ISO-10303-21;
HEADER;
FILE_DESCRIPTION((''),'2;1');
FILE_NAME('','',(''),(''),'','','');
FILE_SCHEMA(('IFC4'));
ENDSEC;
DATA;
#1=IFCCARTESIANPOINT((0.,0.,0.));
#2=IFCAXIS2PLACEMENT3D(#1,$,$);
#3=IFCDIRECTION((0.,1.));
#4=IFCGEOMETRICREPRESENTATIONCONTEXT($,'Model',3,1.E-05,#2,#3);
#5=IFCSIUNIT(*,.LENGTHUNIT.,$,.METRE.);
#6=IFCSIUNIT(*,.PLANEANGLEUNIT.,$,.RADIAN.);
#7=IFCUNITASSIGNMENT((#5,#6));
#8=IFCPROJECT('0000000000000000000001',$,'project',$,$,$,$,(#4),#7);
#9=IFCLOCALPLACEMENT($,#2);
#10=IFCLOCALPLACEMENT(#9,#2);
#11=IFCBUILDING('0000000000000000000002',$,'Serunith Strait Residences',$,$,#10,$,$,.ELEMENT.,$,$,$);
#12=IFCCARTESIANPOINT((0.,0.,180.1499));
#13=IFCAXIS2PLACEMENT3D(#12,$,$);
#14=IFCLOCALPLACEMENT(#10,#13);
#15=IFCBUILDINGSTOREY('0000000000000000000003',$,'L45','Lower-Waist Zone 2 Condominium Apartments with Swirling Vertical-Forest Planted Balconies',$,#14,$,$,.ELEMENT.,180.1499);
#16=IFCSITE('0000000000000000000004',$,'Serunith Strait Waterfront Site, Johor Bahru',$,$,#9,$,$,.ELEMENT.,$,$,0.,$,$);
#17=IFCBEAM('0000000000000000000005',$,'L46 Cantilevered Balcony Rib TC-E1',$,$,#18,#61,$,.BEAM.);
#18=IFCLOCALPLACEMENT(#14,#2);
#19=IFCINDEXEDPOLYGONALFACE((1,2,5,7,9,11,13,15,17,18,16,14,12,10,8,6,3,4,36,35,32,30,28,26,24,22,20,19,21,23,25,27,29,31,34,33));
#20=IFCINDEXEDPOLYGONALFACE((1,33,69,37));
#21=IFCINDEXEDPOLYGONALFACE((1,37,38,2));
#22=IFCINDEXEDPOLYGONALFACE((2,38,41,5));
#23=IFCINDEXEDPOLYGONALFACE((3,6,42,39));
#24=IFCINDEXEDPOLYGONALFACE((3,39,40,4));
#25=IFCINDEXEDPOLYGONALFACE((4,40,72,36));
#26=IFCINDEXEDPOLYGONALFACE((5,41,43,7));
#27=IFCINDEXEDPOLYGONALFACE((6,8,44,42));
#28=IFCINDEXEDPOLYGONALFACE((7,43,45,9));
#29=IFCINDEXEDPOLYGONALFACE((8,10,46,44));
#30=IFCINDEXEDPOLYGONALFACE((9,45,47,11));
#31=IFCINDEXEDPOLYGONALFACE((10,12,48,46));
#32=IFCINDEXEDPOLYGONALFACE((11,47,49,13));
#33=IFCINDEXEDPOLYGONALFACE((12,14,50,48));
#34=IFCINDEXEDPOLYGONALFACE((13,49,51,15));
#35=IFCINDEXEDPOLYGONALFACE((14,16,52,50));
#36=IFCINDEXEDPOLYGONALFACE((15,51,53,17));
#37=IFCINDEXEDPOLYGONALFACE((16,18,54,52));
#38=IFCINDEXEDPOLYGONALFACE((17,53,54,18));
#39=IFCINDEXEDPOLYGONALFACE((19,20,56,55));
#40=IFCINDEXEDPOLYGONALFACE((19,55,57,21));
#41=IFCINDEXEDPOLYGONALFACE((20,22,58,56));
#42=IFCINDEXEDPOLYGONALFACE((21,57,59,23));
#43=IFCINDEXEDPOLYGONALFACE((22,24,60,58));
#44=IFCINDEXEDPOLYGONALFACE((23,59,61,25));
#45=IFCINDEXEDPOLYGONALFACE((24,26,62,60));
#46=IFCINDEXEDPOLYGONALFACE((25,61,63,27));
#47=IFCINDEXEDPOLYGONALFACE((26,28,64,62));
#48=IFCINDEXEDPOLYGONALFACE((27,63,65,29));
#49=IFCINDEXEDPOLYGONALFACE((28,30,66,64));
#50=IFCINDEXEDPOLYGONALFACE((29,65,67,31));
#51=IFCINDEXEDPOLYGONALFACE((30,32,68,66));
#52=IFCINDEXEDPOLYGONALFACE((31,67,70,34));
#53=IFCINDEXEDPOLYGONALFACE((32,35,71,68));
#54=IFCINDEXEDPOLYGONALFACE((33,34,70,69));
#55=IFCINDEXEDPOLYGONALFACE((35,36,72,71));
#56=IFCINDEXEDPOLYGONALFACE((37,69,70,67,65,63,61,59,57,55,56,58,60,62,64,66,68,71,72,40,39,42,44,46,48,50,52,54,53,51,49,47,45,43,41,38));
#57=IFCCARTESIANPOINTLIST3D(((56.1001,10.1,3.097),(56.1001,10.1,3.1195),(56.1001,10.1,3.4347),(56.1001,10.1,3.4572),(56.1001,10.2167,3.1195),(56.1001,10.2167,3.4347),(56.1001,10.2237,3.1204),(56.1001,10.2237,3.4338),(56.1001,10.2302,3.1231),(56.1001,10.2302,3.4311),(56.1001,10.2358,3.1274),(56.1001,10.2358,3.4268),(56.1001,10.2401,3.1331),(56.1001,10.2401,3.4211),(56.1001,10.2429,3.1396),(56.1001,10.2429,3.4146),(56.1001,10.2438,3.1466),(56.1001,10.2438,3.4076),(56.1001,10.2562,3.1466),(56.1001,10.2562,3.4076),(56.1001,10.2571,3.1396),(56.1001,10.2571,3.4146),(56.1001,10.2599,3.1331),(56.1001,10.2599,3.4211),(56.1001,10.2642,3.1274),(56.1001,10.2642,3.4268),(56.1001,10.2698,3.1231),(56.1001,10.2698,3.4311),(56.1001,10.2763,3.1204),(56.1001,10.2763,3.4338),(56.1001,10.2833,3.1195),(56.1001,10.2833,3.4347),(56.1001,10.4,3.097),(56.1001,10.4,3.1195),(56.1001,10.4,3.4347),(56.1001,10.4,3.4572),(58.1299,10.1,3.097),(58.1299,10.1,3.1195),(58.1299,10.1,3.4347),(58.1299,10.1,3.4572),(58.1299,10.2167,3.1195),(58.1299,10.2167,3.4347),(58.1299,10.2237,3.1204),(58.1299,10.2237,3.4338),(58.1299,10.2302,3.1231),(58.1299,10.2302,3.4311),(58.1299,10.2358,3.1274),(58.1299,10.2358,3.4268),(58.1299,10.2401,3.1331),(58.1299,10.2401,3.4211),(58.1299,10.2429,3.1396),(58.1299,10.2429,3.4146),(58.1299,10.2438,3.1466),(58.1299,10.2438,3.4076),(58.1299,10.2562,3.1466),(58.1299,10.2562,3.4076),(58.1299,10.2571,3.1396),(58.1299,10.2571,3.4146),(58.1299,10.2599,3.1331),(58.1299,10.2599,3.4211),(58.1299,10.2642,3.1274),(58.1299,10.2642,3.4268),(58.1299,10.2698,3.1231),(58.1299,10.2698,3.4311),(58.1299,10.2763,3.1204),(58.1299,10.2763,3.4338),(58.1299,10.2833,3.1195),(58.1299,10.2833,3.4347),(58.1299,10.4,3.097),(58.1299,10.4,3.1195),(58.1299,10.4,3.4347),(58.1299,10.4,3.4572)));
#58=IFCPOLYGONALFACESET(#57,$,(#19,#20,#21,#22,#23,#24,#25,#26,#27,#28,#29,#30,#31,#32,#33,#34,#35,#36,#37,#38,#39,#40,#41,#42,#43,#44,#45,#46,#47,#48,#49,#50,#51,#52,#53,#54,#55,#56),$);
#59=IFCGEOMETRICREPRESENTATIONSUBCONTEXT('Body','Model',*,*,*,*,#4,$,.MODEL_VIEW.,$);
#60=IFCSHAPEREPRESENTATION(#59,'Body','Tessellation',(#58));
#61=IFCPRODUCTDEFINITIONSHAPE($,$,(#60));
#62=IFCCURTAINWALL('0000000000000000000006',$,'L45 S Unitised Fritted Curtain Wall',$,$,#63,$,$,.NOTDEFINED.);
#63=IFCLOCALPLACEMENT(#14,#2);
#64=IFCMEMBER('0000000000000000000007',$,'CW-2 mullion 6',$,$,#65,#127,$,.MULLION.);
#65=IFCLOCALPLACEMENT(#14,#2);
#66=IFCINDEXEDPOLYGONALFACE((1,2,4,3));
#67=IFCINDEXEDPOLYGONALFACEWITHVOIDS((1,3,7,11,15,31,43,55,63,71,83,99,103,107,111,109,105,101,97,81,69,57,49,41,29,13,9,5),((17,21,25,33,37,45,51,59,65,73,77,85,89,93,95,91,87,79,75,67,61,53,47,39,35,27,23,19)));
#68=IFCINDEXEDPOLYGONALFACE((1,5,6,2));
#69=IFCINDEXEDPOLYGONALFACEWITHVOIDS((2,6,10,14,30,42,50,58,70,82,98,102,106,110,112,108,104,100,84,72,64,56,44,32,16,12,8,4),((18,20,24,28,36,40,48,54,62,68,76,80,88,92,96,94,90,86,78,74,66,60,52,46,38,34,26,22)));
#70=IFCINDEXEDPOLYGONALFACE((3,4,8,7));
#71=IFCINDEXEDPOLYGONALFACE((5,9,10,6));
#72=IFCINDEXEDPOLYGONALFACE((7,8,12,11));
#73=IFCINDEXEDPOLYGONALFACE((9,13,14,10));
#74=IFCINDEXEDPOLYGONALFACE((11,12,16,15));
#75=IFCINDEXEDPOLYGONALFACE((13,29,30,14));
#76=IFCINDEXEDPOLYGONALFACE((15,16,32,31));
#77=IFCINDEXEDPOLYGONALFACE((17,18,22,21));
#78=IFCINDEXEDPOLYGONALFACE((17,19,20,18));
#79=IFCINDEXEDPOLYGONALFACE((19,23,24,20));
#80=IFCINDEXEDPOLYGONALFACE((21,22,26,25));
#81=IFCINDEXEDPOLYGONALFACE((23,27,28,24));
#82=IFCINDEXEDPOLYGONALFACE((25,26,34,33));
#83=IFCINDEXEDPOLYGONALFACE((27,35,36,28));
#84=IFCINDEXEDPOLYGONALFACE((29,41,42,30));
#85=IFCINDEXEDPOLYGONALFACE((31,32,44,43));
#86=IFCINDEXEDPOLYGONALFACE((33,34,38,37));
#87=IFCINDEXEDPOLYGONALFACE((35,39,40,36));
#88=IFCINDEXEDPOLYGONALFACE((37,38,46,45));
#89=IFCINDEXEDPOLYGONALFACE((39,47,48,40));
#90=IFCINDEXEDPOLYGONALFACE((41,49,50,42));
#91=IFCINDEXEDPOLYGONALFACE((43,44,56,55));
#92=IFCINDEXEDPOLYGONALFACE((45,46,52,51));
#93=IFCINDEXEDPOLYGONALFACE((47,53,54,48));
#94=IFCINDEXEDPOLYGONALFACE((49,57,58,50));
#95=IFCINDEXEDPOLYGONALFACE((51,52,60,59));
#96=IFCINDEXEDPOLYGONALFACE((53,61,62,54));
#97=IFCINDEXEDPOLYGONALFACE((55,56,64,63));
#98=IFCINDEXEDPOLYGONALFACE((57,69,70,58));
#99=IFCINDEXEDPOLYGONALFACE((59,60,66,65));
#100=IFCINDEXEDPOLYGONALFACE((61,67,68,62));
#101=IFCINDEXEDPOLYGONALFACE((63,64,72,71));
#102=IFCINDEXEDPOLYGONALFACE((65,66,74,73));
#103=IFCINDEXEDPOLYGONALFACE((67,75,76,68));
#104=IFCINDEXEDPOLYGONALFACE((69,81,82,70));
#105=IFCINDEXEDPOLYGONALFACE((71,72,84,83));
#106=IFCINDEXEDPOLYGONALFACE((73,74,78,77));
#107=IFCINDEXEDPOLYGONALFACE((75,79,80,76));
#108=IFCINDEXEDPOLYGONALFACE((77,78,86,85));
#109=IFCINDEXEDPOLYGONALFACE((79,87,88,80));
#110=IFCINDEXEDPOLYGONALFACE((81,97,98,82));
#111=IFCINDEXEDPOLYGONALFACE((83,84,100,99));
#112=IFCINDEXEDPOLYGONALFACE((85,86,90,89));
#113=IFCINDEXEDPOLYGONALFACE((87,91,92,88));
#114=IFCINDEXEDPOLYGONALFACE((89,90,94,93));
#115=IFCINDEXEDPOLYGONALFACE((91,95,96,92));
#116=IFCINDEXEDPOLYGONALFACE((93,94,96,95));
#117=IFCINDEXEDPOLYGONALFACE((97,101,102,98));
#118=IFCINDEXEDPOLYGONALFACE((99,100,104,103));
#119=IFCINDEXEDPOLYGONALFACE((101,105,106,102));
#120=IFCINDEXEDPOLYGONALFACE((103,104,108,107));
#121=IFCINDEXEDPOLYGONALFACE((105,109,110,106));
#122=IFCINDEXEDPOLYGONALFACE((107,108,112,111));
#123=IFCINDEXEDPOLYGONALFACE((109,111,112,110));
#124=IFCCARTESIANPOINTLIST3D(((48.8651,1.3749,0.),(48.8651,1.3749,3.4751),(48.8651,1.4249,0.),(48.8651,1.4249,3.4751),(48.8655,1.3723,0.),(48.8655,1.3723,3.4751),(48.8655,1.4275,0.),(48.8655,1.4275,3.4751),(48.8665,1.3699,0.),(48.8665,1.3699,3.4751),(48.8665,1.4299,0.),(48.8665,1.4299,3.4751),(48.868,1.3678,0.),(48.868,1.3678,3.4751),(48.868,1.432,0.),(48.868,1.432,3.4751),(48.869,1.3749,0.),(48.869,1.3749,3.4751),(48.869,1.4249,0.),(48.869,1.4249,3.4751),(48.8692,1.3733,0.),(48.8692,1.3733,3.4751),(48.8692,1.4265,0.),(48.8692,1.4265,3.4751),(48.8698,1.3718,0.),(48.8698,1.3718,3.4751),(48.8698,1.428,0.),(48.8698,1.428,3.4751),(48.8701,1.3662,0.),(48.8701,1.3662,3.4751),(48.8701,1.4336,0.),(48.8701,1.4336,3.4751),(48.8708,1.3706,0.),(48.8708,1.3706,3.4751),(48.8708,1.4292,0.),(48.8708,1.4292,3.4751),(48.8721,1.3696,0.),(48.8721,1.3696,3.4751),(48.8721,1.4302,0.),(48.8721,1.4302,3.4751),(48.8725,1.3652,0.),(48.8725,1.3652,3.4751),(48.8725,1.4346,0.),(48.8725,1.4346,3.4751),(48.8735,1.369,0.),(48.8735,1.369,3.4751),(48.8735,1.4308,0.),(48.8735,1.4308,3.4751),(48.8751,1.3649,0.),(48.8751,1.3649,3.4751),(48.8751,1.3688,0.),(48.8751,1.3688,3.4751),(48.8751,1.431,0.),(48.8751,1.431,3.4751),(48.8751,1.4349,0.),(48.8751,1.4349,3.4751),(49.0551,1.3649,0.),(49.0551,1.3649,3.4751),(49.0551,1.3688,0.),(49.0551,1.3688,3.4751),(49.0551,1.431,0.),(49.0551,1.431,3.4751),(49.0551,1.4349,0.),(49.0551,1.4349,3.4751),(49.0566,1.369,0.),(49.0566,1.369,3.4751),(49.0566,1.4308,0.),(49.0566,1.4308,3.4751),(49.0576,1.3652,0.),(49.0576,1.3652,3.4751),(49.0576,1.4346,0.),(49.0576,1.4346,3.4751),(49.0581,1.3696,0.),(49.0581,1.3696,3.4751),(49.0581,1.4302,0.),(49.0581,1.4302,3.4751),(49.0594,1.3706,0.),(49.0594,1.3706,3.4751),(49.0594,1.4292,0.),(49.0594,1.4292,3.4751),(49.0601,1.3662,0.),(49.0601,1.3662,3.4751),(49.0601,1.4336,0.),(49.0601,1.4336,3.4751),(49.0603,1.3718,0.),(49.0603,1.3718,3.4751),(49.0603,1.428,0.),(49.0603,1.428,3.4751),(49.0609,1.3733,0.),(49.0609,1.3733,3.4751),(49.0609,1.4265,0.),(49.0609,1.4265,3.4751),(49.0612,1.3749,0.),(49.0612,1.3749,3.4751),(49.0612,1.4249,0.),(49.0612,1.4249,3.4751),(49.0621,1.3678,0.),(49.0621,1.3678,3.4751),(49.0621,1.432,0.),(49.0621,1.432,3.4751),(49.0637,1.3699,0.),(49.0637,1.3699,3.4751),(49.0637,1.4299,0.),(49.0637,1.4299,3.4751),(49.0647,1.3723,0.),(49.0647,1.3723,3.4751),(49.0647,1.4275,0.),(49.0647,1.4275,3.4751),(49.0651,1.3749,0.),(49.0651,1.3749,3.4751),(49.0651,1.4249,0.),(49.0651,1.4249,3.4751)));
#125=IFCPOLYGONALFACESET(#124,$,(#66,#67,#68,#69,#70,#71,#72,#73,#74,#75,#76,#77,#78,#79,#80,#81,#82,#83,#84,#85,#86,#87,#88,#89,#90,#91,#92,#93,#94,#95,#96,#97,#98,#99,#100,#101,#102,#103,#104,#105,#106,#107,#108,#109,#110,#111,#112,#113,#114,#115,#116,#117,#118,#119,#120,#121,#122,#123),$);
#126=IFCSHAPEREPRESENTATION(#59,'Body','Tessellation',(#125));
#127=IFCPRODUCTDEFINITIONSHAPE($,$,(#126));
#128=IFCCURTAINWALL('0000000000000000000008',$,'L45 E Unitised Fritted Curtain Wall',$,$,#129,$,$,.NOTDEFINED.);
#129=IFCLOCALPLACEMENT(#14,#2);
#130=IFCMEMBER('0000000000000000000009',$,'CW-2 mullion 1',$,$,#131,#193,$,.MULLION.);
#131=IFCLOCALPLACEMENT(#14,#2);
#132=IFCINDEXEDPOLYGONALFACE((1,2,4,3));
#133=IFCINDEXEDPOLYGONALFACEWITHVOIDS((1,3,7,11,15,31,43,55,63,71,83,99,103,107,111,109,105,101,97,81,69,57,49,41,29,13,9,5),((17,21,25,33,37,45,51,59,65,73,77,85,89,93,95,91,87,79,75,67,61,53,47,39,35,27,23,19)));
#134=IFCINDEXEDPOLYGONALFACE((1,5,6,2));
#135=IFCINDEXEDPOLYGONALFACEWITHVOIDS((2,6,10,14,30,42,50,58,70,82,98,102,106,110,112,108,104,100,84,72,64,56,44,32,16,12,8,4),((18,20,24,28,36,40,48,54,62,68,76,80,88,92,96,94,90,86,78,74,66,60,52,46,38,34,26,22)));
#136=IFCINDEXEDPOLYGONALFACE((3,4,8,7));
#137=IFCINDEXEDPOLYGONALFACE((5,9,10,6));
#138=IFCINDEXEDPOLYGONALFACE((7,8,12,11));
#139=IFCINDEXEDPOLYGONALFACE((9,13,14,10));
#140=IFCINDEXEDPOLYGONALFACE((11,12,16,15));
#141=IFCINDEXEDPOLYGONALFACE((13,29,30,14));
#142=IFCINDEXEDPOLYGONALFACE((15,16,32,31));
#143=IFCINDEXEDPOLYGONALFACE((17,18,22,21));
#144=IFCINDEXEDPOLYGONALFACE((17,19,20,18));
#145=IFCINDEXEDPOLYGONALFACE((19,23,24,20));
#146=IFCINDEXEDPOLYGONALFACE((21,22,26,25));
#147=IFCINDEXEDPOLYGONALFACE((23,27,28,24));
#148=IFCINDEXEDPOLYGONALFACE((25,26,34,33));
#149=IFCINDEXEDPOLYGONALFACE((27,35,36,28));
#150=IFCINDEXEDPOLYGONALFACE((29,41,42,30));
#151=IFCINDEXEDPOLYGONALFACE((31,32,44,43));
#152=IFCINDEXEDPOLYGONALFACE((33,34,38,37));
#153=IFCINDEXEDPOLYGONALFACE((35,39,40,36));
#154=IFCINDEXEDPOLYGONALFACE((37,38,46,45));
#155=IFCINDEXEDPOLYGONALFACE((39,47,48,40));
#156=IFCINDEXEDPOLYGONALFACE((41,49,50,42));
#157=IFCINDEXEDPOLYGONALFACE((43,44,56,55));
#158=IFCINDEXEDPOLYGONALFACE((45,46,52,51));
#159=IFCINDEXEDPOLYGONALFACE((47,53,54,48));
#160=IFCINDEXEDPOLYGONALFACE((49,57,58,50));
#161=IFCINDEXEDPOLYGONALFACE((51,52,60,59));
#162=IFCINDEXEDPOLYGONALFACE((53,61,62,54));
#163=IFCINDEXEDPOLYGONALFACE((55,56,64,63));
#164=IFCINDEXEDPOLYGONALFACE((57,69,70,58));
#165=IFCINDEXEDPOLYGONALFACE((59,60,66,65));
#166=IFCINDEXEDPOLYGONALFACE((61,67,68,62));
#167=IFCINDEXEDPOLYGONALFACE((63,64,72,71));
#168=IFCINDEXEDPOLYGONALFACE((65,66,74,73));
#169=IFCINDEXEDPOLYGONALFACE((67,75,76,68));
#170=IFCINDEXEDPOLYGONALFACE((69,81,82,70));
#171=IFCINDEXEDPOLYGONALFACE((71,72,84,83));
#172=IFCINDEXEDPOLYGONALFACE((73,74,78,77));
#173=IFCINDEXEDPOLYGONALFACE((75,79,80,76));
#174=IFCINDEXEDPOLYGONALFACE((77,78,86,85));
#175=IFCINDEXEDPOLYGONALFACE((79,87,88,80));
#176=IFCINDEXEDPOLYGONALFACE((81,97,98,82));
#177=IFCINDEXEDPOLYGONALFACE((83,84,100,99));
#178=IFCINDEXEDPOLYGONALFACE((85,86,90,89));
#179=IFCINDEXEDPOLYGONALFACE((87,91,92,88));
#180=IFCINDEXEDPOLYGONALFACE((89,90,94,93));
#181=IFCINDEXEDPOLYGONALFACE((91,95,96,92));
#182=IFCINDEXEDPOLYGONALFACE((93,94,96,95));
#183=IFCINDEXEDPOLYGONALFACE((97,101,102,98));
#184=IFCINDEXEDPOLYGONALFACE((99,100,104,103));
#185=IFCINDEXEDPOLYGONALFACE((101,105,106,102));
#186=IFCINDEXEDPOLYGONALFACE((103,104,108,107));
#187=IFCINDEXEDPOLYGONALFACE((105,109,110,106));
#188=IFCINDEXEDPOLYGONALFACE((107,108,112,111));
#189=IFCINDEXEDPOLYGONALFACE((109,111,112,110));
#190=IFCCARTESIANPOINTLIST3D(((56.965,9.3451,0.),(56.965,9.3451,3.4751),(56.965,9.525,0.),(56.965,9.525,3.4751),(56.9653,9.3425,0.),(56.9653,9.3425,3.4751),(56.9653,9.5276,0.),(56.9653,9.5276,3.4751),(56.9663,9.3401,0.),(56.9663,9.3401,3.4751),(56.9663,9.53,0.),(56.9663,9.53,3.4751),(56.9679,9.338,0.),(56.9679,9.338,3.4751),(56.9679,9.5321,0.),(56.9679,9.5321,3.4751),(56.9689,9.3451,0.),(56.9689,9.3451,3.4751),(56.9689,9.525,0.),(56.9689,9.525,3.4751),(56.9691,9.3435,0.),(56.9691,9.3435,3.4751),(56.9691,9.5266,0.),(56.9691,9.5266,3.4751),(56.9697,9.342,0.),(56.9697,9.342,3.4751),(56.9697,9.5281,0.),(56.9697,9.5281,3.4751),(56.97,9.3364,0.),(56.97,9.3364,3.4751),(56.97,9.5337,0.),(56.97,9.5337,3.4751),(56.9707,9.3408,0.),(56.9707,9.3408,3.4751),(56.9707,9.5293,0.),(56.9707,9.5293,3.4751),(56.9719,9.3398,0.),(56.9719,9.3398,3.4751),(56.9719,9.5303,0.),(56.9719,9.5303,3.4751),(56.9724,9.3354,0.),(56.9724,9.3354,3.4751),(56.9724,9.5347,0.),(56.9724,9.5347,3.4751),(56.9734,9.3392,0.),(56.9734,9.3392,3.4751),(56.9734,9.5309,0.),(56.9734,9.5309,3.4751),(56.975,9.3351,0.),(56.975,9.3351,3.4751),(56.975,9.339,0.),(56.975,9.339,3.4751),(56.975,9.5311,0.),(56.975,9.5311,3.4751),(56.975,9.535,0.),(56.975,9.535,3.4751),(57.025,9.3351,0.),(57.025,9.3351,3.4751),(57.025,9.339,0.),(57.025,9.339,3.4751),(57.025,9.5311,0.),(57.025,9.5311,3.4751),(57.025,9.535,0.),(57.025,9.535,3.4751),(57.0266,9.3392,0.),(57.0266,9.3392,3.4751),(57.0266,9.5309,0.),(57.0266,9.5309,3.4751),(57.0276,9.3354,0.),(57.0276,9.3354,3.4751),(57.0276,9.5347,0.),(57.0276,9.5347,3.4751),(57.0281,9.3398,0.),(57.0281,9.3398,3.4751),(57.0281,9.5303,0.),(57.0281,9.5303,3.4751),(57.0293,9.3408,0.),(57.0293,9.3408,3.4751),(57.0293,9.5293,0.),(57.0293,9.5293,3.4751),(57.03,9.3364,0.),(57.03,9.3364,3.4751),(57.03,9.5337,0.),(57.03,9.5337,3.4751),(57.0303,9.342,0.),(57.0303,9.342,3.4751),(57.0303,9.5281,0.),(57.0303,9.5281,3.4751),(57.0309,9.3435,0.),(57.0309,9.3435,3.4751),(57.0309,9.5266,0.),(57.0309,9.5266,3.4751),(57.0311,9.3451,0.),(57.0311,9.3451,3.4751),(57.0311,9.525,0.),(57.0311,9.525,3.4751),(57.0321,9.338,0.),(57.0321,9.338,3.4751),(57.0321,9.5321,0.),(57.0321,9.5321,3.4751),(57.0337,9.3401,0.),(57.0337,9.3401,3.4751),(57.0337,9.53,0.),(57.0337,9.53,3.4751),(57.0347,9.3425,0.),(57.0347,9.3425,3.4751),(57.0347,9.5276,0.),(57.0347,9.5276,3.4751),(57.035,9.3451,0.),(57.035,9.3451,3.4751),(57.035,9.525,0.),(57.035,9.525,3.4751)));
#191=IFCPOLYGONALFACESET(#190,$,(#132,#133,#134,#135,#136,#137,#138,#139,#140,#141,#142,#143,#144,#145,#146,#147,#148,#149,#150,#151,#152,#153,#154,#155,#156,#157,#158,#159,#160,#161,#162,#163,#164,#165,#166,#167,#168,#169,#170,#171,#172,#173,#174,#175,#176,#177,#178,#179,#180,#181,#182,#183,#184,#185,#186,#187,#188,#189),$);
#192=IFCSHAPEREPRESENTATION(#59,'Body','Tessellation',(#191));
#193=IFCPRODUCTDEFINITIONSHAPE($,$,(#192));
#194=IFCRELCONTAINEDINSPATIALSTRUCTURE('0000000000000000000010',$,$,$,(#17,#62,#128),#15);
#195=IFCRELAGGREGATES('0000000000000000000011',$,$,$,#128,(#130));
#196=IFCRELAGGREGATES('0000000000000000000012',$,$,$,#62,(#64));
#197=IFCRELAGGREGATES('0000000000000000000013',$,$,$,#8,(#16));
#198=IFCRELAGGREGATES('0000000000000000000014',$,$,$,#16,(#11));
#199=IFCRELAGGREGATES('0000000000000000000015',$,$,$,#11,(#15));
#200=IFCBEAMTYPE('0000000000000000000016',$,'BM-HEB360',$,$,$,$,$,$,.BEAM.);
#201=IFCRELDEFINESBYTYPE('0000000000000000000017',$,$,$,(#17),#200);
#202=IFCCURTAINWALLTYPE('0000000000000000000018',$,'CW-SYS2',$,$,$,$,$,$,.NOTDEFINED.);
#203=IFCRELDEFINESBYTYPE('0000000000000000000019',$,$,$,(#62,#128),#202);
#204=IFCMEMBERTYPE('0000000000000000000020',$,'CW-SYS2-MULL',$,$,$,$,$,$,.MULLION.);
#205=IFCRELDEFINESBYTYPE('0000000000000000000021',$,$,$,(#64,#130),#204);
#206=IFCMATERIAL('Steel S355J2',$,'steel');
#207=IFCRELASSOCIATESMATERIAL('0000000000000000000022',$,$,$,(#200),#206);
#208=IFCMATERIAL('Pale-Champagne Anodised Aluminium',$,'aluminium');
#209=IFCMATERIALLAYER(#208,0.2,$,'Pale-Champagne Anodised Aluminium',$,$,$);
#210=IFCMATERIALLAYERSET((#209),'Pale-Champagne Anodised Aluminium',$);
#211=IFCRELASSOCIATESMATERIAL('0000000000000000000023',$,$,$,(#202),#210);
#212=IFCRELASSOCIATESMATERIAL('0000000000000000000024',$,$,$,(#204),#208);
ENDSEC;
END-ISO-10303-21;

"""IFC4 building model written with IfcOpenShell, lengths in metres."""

from ifc_helpers import new_model, si_unit, direction, frame, origin, origin_2d, place, context, subcontext, project, spatial, hollow_rectangle, i_section, extrude, source, transform, mapped, material, layer, layer_set, material_profile, profile_set, type_object, element, aggregate, save


model = new_model("IFC4")

# Units and contexts
model_context = context("Model", 3, precision=1e-05, world=origin(), true_north=direction((0.0, 1.0)))
body_context = subcontext(model_context, "Body", "Model", "MODEL_VIEW")
ifc_project = project(units=[si_unit("LENGTHUNIT", "METRE"), si_unit("PLANEANGLEUNIT", "RADIAN")], contexts=[model_context])

# Site, building, storey
site_placement = place(None, origin())
site = spatial("IfcSite", under=ifc_project, at=site_placement, Name="Serunith Strait Waterfront Site, Johor Bahru", CompositionType="ELEMENT", RefElevation=0.0)
building_placement = place(site_placement, origin())
building = spatial("IfcBuilding", under=site, at=building_placement, Name="Serunith Strait Residences", CompositionType="ELEMENT")
storey_placement = place(building_placement, frame((0.0, 0.0, 180.1499)))
storey = spatial("IfcBuildingStorey", under=building, at=storey_placement, Name="L45", Description="Lower-Waist Zone 2 Condominium Apartments with Swirling Vertical-Forest Planted Balconies", CompositionType="ELEMENT", Elevation=180.1499)

# Beam
ifc_material_1 = material(Name="Steel S355J2", Category="steel")
ifc_material_profile_1 = material_profile(ifc_material_1, i_section(OverallWidth=0.3, OverallDepth=0.3601, WebThickness=0.0125, FlangeThickness=0.0225, FilletRadius=0.0271, at=origin_2d()), Name="HEB 360")
ifc_profile_set_1 = profile_set([ifc_material_profile_1], Name="Steel S355J2")
beam_type_1 = type_object("IfcBeamType", Name="BM-HEB360", PredefinedType="BEAM", material=ifc_profile_set_1)
shared_shape_1 = source(origin(), body_context, "Body", "SweptSolid", [
    extrude(i_section(OverallWidth=0.3, OverallDepth=0.3601, WebThickness=0.0125, FlangeThickness=0.0225, FilletRadius=0.0271, at=origin_2d()), origin(), (0.0, 0.0, 1.0), 2.0298),
])
beam_1_placement = place(storey_placement, frame((56.1001, 10.25, 3.2771), z_axis=(1.0, 0.0, 0.0), x_axis=(0.0, 1.0, 0.0)))
element("IfcBeam", 1, at=beam_1_placement, inside=storey, type_object=beam_type_1, Name="L46 Cantilevered Balcony Rib TC-E1", PredefinedType="BEAM", context=body_context, shape_type="MappedRepresentation", body=[
    mapped(shared_shape_1, transform((0.0, 0.0, 0.0), scale=1.0)),
])

# Curtain wall, member
ifc_material_2 = material(Name="Pale-Champagne Anodised Aluminium", Category="aluminium")
ifc_layer_1 = layer(ifc_material_2, 0.2, Name="Pale-Champagne Anodised Aluminium")
ifc_layer_set_1 = layer_set([ifc_layer_1], Name="Pale-Champagne Anodised Aluminium")
curtain_wall_type = type_object("IfcCurtainWallType", Name="CW-SYS2", PredefinedType="NOTDEFINED", material=ifc_layer_set_1)
curtain_wall_1_placement = place(storey_placement, origin())
curtain_wall_1 = element("IfcCurtainWall", 2, at=curtain_wall_1_placement, inside=storey, type_object=curtain_wall_type, Name="L45 S Unitised Fritted Curtain Wall", PredefinedType="NOTDEFINED")
ifc_material_profile_2 = material_profile(ifc_material_2, hollow_rectangle(XDim=0.0701, YDim=0.2, WallThickness=0.0039, InnerFilletRadius=0.0061, OuterFilletRadius=0.01, at=origin_2d()), Name="ALU 200x70x4")
ifc_profile_set_2 = profile_set([ifc_material_profile_2], Name="Pale-Champagne Anodised Aluminium")
member_type_1 = type_object("IfcMemberType", Name="CW-SYS2-MULL", PredefinedType="MULLION", material=ifc_profile_set_2)
shared_shape_2 = source(origin(), body_context, "Body", "SweptSolid", [
    extrude(hollow_rectangle(XDim=0.0701, YDim=0.2, WallThickness=0.0039, InnerFilletRadius=0.0061, OuterFilletRadius=0.01, at=origin_2d()), origin(), (0.0, 0.0, 1.0), 3.4751),
])
member_1_placement = place(storey_placement, frame((48.9651, 1.3999, 0.0), z_axis=(0.0, 0.0, 1.0), x_axis=(0.0, 1.0, 0.0)))
member_1 = element("IfcMember", 3, at=member_1_placement, type_object=member_type_1, Name="CW-2 mullion 6", PredefinedType="MULLION", context=body_context, shape_type="MappedRepresentation", body=[
    mapped(shared_shape_2, transform((0.0, 0.0, 0.0), scale=1.0)),
])

# Curtain wall, member
curtain_wall_2_placement = place(storey_placement, origin())
curtain_wall_2 = element("IfcCurtainWall", 4, at=curtain_wall_2_placement, inside=storey, type_object=curtain_wall_type, Name="L45 E Unitised Fritted Curtain Wall", PredefinedType="NOTDEFINED")
member_2_placement = place(storey_placement, frame((57.0, 9.4351, 0.0), z_axis=(0.0, 0.0, 1.0), x_axis=(-1.0, 0.0, 0.0)))
member_2 = element("IfcMember", 5, at=member_2_placement, type_object=member_type_1, Name="CW-2 mullion 1", PredefinedType="MULLION", context=body_context, shape_type="MappedRepresentation", body=[
    mapped(shared_shape_2, transform((0.0, 0.0, 0.0), scale=1.0)),
])
aggregate(curtain_wall_2, [member_2])

aggregate(curtain_wall_1, [member_1])

save(model, "model.ifc")
